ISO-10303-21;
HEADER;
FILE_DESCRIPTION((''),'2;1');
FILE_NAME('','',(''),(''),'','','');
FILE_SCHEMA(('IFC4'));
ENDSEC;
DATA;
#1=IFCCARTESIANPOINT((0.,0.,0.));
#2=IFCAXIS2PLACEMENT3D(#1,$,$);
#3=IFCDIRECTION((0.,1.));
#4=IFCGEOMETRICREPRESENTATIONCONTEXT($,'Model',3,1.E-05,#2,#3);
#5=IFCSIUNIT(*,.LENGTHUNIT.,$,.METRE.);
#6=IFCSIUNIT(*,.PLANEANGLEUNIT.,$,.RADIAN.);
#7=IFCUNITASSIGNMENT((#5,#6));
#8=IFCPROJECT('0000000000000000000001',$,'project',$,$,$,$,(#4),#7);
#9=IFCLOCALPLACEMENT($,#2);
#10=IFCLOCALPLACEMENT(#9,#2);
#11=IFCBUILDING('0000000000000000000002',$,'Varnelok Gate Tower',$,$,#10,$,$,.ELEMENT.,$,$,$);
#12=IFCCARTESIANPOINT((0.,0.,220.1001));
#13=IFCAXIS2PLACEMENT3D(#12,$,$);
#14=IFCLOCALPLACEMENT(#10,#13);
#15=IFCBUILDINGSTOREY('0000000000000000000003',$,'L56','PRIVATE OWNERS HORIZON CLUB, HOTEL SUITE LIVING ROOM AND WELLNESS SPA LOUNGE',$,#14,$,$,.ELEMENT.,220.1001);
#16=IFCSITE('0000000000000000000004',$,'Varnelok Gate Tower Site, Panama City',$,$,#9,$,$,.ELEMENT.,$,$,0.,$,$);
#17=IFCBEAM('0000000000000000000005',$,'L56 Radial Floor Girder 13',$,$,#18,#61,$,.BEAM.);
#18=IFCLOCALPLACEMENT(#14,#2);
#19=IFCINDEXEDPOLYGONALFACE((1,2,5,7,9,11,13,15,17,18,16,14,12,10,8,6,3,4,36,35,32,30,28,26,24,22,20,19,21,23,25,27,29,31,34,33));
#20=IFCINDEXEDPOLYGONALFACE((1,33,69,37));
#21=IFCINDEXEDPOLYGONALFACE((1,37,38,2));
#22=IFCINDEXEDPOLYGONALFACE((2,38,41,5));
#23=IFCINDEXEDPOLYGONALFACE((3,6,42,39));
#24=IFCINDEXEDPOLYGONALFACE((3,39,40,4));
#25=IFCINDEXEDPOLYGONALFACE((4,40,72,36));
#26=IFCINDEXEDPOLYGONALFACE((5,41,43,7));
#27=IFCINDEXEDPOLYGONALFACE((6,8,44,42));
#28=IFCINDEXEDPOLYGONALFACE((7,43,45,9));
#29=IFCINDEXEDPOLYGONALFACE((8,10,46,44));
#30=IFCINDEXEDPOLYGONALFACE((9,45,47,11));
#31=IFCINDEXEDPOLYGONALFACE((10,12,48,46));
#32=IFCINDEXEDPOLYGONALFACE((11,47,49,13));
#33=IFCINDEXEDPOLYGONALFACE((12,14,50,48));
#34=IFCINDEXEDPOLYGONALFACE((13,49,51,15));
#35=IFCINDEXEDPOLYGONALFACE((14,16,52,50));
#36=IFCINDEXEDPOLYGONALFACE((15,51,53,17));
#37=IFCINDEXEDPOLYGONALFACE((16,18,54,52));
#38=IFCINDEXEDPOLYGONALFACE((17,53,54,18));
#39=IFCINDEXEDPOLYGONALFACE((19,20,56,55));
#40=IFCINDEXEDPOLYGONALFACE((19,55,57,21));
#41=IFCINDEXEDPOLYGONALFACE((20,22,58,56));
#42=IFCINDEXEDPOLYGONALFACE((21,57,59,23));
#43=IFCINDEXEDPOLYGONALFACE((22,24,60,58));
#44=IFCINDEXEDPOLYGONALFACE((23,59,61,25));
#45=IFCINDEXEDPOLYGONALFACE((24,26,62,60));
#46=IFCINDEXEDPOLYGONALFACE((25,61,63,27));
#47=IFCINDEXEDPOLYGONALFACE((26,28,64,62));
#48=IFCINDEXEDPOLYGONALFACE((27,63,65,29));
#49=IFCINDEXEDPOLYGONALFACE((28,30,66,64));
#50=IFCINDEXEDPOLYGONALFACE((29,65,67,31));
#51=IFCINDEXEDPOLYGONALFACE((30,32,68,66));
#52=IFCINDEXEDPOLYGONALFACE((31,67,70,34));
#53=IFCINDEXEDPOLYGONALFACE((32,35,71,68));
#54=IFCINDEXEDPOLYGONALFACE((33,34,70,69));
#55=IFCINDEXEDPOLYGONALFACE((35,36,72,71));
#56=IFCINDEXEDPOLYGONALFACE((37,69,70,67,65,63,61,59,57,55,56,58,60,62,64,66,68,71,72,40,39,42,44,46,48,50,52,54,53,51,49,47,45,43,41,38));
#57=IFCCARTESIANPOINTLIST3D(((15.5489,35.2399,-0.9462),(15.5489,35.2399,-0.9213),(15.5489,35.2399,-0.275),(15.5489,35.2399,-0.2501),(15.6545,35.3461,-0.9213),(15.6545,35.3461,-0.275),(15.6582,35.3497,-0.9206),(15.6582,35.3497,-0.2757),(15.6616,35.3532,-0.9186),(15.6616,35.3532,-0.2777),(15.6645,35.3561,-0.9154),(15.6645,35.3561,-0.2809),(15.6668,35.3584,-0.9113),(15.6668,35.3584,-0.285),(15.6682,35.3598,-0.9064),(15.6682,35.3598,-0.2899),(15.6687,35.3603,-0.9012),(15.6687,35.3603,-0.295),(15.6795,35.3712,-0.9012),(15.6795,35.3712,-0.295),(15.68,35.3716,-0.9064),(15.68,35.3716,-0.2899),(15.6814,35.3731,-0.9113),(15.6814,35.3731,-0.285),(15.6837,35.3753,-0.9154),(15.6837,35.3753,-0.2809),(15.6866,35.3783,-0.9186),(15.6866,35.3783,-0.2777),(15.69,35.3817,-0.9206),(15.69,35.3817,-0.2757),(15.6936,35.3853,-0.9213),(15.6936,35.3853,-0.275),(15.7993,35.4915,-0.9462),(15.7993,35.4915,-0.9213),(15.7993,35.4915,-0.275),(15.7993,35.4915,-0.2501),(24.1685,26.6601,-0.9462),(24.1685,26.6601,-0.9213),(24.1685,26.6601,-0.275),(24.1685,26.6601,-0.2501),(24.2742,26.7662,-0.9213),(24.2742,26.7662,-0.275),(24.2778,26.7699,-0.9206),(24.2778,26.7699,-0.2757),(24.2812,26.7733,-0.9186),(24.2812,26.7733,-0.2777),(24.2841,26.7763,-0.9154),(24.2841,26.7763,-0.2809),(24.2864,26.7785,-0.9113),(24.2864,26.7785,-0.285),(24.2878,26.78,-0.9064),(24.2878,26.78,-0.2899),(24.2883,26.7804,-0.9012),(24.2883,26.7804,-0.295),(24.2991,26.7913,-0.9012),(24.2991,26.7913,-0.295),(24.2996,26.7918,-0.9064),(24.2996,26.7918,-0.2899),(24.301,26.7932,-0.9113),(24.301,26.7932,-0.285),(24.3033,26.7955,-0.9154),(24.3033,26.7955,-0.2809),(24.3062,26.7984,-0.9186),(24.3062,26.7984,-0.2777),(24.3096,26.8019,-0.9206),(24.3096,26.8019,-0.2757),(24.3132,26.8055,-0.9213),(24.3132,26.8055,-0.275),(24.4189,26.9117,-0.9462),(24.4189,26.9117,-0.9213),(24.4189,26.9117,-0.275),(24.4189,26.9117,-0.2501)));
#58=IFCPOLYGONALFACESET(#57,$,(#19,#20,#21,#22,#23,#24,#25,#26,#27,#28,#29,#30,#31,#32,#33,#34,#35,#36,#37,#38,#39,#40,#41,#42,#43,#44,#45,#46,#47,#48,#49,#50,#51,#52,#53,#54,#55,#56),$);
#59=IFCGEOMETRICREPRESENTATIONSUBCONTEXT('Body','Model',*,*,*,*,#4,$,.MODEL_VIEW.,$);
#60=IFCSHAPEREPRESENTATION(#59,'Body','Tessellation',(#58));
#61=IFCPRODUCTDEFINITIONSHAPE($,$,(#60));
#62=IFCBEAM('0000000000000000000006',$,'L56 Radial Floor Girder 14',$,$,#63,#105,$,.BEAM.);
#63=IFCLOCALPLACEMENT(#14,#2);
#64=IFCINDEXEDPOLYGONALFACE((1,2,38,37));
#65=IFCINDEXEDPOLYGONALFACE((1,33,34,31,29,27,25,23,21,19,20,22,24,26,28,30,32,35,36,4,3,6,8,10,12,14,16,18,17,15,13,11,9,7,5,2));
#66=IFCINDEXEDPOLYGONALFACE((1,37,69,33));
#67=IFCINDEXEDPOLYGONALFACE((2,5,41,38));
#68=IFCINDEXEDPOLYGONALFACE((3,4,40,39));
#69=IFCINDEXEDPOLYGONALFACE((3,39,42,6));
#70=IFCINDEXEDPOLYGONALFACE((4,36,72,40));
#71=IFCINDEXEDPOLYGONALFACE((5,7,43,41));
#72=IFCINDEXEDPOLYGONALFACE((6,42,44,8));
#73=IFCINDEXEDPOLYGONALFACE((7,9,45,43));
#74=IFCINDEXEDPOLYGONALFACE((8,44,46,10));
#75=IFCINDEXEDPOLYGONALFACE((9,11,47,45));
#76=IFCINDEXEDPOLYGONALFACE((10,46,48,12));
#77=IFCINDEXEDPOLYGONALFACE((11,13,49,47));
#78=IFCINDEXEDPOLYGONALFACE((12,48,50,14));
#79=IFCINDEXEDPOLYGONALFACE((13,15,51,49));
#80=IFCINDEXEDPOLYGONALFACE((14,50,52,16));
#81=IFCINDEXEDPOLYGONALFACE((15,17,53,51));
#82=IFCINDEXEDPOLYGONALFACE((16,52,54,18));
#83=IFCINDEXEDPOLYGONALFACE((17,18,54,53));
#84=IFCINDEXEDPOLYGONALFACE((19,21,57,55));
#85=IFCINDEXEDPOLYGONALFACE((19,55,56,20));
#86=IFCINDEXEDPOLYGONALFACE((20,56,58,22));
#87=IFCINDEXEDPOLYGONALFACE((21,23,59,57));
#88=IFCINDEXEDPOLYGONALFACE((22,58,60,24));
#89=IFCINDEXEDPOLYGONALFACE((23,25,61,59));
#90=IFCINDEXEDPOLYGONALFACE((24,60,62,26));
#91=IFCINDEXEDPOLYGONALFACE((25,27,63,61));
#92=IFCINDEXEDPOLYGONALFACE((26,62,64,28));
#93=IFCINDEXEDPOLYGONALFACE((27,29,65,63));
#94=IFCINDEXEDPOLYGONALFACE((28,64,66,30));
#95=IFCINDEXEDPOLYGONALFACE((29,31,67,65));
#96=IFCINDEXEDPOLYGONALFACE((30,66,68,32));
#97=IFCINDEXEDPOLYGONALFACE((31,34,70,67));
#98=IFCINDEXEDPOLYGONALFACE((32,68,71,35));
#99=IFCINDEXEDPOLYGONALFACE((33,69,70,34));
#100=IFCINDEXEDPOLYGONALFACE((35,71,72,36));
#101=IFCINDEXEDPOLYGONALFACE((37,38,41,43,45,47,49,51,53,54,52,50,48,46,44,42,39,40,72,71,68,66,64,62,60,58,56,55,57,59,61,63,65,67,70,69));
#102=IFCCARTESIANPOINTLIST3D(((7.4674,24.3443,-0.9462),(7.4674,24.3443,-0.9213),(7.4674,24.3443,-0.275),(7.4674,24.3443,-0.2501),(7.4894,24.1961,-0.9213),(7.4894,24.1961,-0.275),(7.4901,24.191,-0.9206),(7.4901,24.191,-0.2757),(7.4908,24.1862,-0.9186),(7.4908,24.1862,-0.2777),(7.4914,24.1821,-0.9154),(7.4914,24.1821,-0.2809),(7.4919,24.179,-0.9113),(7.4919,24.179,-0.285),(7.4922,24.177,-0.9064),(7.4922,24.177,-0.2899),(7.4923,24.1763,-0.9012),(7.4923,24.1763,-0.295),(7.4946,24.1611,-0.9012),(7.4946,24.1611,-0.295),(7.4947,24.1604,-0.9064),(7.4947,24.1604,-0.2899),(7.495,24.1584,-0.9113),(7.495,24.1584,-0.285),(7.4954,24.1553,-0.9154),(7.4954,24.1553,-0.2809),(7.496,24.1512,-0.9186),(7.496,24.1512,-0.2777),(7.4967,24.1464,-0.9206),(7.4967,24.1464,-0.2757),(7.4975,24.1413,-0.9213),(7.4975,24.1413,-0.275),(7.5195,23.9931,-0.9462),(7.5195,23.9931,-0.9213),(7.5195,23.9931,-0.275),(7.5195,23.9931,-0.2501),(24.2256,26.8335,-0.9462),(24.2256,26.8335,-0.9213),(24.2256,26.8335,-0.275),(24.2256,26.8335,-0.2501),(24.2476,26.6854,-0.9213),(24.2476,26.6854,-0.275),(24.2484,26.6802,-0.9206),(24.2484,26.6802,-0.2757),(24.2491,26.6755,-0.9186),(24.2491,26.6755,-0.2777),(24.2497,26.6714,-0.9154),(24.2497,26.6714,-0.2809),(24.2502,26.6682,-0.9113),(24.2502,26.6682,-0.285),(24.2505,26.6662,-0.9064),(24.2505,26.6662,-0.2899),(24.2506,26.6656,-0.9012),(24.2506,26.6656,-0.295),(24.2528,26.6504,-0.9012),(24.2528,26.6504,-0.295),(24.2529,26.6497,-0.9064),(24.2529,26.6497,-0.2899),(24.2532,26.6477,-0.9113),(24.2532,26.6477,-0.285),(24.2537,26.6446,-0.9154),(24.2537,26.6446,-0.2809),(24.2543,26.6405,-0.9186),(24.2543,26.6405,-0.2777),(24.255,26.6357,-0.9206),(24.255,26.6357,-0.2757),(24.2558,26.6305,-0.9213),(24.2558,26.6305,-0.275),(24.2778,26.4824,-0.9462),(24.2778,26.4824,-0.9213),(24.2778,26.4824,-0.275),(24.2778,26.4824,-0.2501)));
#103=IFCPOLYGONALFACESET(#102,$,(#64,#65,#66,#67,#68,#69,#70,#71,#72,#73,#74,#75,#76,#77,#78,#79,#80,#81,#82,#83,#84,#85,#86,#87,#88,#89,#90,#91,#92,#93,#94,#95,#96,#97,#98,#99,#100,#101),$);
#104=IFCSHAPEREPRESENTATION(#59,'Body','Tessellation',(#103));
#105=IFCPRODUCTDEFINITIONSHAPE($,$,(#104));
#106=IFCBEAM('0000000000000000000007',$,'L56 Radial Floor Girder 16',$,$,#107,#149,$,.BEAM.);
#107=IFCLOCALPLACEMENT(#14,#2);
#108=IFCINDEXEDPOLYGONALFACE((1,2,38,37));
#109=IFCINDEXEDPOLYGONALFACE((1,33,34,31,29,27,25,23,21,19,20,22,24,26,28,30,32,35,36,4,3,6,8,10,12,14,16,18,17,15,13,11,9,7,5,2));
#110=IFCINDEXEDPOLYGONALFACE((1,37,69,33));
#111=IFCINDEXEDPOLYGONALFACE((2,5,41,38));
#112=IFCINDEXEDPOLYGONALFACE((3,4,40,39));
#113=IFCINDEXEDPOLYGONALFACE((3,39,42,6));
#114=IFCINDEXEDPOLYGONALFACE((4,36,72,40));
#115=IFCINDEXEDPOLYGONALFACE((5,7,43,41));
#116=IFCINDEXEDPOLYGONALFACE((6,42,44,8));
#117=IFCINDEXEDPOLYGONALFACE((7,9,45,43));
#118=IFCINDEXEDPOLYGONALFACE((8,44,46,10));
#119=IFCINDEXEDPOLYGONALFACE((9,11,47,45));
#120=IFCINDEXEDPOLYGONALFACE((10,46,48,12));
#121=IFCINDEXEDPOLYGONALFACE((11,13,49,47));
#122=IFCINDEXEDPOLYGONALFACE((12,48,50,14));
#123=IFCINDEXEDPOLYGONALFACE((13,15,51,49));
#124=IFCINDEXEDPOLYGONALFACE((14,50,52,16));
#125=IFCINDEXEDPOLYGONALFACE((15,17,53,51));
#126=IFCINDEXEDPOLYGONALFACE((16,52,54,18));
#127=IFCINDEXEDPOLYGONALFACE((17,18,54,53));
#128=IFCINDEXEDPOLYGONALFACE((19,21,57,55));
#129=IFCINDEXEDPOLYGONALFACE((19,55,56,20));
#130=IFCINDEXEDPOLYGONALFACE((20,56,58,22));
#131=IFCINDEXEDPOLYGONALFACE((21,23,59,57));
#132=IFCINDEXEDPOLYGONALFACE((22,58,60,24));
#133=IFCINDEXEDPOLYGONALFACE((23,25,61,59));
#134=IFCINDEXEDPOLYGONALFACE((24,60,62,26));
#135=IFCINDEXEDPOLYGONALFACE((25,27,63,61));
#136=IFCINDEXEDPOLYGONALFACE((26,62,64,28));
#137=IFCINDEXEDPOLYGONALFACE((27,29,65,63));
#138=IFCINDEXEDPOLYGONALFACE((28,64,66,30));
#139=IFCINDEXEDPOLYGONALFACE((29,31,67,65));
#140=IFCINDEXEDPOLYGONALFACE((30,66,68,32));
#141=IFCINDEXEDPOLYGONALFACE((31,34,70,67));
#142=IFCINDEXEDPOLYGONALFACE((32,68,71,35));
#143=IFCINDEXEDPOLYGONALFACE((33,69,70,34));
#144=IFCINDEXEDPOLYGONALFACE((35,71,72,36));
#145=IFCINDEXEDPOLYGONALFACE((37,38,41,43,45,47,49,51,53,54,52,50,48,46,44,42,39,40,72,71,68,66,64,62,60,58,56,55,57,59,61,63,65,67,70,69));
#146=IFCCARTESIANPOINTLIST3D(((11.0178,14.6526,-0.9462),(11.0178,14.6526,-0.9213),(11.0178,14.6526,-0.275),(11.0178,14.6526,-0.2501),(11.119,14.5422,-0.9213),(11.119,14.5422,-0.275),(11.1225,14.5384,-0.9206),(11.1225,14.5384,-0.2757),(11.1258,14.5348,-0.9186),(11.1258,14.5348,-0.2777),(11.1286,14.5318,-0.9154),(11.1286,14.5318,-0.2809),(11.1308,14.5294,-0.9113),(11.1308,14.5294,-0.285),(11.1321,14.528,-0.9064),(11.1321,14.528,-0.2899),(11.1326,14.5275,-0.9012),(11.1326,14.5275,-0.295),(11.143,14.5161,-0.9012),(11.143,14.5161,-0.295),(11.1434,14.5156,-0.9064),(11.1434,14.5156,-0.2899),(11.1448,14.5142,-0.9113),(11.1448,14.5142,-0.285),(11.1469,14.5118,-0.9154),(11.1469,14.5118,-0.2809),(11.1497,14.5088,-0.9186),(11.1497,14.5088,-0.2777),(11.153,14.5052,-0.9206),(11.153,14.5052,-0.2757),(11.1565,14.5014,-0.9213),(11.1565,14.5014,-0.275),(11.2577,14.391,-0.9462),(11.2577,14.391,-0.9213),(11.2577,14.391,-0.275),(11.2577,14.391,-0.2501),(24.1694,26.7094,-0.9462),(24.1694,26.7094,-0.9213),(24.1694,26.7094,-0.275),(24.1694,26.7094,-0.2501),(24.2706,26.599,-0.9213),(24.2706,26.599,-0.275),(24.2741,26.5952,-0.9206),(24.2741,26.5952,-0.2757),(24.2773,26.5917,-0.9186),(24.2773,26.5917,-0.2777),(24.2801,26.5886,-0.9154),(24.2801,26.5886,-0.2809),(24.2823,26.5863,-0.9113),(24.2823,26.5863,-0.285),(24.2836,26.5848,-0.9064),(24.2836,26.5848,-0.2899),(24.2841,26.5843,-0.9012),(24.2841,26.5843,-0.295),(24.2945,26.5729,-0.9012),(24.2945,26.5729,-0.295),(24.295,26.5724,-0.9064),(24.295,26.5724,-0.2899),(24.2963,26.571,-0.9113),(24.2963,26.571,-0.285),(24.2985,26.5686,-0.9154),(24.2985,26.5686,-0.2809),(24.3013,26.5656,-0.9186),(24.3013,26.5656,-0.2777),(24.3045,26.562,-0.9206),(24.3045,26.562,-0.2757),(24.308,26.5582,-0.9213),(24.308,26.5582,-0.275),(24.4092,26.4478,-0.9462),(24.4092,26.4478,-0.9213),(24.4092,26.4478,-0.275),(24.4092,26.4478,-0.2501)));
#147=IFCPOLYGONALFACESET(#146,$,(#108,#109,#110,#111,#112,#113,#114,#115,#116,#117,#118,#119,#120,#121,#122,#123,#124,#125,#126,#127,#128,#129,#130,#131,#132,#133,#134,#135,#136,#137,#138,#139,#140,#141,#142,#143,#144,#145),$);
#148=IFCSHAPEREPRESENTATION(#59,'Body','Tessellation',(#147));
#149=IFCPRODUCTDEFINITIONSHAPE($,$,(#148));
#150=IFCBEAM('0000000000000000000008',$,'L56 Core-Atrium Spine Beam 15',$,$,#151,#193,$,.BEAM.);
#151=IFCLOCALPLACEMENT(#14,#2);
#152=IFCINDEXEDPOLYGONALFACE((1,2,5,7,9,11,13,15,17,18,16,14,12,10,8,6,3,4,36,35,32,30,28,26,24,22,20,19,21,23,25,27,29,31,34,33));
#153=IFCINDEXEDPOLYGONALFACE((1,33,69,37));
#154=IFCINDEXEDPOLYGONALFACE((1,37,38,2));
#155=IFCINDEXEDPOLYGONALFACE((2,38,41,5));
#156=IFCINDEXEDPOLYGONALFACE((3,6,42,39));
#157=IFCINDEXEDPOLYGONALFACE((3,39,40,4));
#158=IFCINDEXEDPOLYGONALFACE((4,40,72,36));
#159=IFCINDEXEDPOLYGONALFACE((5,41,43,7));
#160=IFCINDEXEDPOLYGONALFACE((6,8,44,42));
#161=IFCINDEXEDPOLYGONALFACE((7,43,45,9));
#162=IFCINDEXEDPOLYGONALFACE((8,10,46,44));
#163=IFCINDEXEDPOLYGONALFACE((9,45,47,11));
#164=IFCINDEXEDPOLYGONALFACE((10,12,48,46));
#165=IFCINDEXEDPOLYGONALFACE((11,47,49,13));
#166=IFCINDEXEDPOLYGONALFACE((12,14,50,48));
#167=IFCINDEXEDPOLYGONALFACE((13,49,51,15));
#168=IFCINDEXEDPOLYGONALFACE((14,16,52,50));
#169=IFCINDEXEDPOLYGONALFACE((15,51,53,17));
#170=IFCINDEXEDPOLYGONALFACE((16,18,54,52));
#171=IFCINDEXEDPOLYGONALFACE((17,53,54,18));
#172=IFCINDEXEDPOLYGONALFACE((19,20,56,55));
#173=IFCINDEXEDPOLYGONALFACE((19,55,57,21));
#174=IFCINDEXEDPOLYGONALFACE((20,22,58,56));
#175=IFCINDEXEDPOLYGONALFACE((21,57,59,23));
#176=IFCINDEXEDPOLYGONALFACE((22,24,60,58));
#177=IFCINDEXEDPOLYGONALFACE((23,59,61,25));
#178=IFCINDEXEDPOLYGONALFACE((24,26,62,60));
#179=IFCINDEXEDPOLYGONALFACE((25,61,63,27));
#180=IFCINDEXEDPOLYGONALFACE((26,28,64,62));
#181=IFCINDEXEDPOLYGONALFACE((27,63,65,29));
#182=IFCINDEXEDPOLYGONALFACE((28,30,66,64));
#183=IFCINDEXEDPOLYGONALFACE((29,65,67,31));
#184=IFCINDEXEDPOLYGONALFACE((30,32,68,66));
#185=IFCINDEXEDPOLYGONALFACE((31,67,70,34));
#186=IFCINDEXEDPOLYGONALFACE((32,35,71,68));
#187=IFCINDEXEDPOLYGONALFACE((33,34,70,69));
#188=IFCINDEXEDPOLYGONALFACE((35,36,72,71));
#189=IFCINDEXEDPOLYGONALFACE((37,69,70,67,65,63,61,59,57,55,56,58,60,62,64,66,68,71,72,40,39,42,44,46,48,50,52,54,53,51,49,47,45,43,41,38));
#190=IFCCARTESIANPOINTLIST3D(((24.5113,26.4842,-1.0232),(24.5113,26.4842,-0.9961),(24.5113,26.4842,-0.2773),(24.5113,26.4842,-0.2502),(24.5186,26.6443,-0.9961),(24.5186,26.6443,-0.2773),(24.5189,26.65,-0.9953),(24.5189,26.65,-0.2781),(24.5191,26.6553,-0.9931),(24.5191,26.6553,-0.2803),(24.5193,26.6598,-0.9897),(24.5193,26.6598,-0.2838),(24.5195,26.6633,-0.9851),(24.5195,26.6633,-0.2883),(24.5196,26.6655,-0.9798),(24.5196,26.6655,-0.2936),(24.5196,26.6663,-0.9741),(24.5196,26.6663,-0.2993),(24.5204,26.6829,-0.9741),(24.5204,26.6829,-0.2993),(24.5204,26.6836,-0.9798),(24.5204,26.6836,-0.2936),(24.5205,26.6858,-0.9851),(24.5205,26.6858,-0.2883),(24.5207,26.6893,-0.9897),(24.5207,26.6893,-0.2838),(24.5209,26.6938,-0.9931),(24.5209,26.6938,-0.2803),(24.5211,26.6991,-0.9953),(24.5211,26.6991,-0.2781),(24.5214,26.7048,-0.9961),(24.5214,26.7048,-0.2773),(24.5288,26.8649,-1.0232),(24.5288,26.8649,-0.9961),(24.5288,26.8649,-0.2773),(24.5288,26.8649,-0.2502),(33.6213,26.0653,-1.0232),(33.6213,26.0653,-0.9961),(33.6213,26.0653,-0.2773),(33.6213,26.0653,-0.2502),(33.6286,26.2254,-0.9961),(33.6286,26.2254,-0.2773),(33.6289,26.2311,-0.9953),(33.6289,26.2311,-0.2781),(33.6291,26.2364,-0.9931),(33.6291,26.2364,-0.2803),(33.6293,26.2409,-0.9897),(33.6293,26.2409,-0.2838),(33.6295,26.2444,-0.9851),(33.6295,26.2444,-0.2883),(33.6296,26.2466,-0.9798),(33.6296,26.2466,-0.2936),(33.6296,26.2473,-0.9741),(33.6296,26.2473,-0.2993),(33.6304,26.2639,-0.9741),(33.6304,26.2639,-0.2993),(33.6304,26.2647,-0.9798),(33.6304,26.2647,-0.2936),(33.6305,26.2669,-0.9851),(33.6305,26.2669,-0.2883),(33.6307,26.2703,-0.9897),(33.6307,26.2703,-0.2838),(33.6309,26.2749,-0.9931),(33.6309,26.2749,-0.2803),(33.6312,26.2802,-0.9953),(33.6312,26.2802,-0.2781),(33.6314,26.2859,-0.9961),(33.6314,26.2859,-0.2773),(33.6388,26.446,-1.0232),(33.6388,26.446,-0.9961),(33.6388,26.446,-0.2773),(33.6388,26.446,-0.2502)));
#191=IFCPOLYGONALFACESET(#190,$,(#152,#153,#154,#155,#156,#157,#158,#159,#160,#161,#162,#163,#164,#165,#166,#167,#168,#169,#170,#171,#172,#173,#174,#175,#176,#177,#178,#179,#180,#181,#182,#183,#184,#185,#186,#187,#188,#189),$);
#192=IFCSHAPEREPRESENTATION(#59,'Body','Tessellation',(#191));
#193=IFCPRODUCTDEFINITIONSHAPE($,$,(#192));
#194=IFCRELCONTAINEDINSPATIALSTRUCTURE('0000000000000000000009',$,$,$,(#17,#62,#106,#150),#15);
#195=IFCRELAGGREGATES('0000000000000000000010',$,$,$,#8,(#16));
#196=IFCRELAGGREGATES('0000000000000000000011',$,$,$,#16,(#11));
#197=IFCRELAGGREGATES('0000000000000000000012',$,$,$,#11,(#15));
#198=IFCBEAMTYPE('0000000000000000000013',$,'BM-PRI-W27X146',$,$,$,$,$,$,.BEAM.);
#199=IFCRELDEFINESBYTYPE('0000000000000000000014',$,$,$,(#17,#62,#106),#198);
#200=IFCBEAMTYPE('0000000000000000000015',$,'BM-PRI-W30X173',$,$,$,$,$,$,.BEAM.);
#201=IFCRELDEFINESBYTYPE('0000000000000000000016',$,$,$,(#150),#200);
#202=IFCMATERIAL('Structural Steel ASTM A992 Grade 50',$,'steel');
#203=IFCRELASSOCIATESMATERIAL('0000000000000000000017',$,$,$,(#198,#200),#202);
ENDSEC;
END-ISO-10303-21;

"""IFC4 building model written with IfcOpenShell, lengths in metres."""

from ifc_helpers import new_model, si_unit, direction, frame, origin, origin_2d, place, context, subcontext, project, spatial, i_section, extrude, material, material_profile, profile_set, type_object, element, save


model = new_model("IFC4")

# Units and contexts
model_context = context("Model", 3, precision=1e-05, world=origin(), true_north=direction((0.0, 1.0)))
body_context = subcontext(model_context, "Body", "Model", "MODEL_VIEW")
ifc_project = project(units=[si_unit("LENGTHUNIT", "METRE"), si_unit("PLANEANGLEUNIT", "RADIAN")], contexts=[model_context])

# Site, building, storey
site_placement = place(None, origin())
site = spatial("IfcSite", under=ifc_project, at=site_placement, Name="Varnelok Gate Tower Site, Panama City", CompositionType="ELEMENT", RefElevation=0.0)
building_placement = place(site_placement, origin())
building = spatial("IfcBuilding", under=site, at=building_placement, Name="Varnelok Gate Tower", CompositionType="ELEMENT")
storey_placement = place(building_placement, frame((0.0, 0.0, 220.1001)))
storey = spatial("IfcBuildingStorey", under=building, at=storey_placement, Name="L56", Description="PRIVATE OWNERS HORIZON CLUB, HOTEL SUITE LIVING ROOM AND WELLNESS SPA LOUNGE", CompositionType="ELEMENT", Elevation=220.1001)

# Shared definitions
ifc_material_1 = material(Name="Structural Steel ASTM A992 Grade 50", Category="steel")

# Beams
ifc_material_profile_1 = material_profile(ifc_material_1, i_section(OverallWidth=0.355, OverallDepth=0.696, WebThickness=0.0154, FlangeThickness=0.0249, FilletRadius=0.02, at=origin_2d()), Name="W27X146")
ifc_profile_set_1 = profile_set([ifc_material_profile_1], Name="Structural Steel ASTM A992 Grade 50")
beam_type_1 = type_object("IfcBeamType", Name="BM-PRI-W27X146", PredefinedType="BEAM", material=ifc_profile_set_1)
beam_1_placement = place(storey_placement, frame((24.2937, 26.7859, -0.5981), z_axis=(-0.708741, 0.705469, 0.0), x_axis=(-0.705469, -0.708741, 0.0)))
element("IfcBeam", 1, at=beam_1_placement, inside=storey, type_object=beam_type_1, Name="L56 Radial Floor Girder 13", PredefinedType="BEAM", context=body_context, shape_type="SweptSolid", body=[
    extrude(i_section(OverallWidth=0.355, OverallDepth=0.696, WebThickness=0.0154, FlangeThickness=0.0249, FilletRadius=0.02, at=origin_2d()), origin(), (0.0, 0.0, 1.0), 12.1619),
])
beam_2_placement = place(storey_placement, frame((24.2517, 26.658, -0.5981), z_axis=(-0.989147, -0.146927, 0.0), x_axis=(0.146927, -0.989147, 0.0)))
element("IfcBeam", 2, at=beam_2_placement, inside=storey, type_object=beam_type_1, Name="L56 Radial Floor Girder 14", PredefinedType="BEAM", context=body_context, shape_type="SweptSolid", body=[
    extrude(i_section(OverallWidth=0.355, OverallDepth=0.696, WebThickness=0.0154, FlangeThickness=0.0249, FilletRadius=0.02, at=origin_2d()), origin(), (0.0, 0.0, 1.0), 16.9421),
])
beam_3_placement = place(storey_placement, frame((24.2893, 26.5786, -0.5981), z_axis=(-0.737119, -0.675762, 0.0), x_axis=(0.675762, -0.737119, 0.0)))
element("IfcBeam", 3, at=beam_3_placement, inside=storey, type_object=beam_type_1, Name="L56 Radial Floor Girder 16", PredefinedType="BEAM", context=body_context, shape_type="SweptSolid", body=[
    extrude(i_section(OverallWidth=0.355, OverallDepth=0.696, WebThickness=0.0154, FlangeThickness=0.0249, FilletRadius=0.02, at=origin_2d()), origin(), (0.0, 0.0, 1.0), 17.8418),
])
ifc_material_profile_2 = material_profile(ifc_material_1, i_section(OverallWidth=0.3811, OverallDepth=0.7729, WebThickness=0.0166, FlangeThickness=0.0271, FilletRadius=0.022, at=origin_2d()), Name="W30X173")
ifc_profile_set_2 = profile_set([ifc_material_profile_2], Name="Structural Steel ASTM A992 Grade 50")
beam_type_2 = type_object("IfcBeamType", Name="BM-PRI-W30X173", PredefinedType="BEAM", material=ifc_profile_set_2)
beam_4_placement = place(storey_placement, frame((24.52, 26.6746, -0.6367), z_axis=(0.998944, -0.045938, 0.0), x_axis=(0.045938, 0.998944, 0.0)))
element("IfcBeam", 4, at=beam_4_placement, inside=storey, type_object=beam_type_2, Name="L56 Core-Atrium Spine Beam 15", PredefinedType="BEAM", context=body_context, shape_type="SweptSolid", body=[
    extrude(i_section(OverallWidth=0.3811, OverallDepth=0.7729, WebThickness=0.0166, FlangeThickness=0.0271, FilletRadius=0.022, at=origin_2d()), origin(), (0.0, 0.0, 1.0), 9.1196),
])

save(model, "model.ifc")
